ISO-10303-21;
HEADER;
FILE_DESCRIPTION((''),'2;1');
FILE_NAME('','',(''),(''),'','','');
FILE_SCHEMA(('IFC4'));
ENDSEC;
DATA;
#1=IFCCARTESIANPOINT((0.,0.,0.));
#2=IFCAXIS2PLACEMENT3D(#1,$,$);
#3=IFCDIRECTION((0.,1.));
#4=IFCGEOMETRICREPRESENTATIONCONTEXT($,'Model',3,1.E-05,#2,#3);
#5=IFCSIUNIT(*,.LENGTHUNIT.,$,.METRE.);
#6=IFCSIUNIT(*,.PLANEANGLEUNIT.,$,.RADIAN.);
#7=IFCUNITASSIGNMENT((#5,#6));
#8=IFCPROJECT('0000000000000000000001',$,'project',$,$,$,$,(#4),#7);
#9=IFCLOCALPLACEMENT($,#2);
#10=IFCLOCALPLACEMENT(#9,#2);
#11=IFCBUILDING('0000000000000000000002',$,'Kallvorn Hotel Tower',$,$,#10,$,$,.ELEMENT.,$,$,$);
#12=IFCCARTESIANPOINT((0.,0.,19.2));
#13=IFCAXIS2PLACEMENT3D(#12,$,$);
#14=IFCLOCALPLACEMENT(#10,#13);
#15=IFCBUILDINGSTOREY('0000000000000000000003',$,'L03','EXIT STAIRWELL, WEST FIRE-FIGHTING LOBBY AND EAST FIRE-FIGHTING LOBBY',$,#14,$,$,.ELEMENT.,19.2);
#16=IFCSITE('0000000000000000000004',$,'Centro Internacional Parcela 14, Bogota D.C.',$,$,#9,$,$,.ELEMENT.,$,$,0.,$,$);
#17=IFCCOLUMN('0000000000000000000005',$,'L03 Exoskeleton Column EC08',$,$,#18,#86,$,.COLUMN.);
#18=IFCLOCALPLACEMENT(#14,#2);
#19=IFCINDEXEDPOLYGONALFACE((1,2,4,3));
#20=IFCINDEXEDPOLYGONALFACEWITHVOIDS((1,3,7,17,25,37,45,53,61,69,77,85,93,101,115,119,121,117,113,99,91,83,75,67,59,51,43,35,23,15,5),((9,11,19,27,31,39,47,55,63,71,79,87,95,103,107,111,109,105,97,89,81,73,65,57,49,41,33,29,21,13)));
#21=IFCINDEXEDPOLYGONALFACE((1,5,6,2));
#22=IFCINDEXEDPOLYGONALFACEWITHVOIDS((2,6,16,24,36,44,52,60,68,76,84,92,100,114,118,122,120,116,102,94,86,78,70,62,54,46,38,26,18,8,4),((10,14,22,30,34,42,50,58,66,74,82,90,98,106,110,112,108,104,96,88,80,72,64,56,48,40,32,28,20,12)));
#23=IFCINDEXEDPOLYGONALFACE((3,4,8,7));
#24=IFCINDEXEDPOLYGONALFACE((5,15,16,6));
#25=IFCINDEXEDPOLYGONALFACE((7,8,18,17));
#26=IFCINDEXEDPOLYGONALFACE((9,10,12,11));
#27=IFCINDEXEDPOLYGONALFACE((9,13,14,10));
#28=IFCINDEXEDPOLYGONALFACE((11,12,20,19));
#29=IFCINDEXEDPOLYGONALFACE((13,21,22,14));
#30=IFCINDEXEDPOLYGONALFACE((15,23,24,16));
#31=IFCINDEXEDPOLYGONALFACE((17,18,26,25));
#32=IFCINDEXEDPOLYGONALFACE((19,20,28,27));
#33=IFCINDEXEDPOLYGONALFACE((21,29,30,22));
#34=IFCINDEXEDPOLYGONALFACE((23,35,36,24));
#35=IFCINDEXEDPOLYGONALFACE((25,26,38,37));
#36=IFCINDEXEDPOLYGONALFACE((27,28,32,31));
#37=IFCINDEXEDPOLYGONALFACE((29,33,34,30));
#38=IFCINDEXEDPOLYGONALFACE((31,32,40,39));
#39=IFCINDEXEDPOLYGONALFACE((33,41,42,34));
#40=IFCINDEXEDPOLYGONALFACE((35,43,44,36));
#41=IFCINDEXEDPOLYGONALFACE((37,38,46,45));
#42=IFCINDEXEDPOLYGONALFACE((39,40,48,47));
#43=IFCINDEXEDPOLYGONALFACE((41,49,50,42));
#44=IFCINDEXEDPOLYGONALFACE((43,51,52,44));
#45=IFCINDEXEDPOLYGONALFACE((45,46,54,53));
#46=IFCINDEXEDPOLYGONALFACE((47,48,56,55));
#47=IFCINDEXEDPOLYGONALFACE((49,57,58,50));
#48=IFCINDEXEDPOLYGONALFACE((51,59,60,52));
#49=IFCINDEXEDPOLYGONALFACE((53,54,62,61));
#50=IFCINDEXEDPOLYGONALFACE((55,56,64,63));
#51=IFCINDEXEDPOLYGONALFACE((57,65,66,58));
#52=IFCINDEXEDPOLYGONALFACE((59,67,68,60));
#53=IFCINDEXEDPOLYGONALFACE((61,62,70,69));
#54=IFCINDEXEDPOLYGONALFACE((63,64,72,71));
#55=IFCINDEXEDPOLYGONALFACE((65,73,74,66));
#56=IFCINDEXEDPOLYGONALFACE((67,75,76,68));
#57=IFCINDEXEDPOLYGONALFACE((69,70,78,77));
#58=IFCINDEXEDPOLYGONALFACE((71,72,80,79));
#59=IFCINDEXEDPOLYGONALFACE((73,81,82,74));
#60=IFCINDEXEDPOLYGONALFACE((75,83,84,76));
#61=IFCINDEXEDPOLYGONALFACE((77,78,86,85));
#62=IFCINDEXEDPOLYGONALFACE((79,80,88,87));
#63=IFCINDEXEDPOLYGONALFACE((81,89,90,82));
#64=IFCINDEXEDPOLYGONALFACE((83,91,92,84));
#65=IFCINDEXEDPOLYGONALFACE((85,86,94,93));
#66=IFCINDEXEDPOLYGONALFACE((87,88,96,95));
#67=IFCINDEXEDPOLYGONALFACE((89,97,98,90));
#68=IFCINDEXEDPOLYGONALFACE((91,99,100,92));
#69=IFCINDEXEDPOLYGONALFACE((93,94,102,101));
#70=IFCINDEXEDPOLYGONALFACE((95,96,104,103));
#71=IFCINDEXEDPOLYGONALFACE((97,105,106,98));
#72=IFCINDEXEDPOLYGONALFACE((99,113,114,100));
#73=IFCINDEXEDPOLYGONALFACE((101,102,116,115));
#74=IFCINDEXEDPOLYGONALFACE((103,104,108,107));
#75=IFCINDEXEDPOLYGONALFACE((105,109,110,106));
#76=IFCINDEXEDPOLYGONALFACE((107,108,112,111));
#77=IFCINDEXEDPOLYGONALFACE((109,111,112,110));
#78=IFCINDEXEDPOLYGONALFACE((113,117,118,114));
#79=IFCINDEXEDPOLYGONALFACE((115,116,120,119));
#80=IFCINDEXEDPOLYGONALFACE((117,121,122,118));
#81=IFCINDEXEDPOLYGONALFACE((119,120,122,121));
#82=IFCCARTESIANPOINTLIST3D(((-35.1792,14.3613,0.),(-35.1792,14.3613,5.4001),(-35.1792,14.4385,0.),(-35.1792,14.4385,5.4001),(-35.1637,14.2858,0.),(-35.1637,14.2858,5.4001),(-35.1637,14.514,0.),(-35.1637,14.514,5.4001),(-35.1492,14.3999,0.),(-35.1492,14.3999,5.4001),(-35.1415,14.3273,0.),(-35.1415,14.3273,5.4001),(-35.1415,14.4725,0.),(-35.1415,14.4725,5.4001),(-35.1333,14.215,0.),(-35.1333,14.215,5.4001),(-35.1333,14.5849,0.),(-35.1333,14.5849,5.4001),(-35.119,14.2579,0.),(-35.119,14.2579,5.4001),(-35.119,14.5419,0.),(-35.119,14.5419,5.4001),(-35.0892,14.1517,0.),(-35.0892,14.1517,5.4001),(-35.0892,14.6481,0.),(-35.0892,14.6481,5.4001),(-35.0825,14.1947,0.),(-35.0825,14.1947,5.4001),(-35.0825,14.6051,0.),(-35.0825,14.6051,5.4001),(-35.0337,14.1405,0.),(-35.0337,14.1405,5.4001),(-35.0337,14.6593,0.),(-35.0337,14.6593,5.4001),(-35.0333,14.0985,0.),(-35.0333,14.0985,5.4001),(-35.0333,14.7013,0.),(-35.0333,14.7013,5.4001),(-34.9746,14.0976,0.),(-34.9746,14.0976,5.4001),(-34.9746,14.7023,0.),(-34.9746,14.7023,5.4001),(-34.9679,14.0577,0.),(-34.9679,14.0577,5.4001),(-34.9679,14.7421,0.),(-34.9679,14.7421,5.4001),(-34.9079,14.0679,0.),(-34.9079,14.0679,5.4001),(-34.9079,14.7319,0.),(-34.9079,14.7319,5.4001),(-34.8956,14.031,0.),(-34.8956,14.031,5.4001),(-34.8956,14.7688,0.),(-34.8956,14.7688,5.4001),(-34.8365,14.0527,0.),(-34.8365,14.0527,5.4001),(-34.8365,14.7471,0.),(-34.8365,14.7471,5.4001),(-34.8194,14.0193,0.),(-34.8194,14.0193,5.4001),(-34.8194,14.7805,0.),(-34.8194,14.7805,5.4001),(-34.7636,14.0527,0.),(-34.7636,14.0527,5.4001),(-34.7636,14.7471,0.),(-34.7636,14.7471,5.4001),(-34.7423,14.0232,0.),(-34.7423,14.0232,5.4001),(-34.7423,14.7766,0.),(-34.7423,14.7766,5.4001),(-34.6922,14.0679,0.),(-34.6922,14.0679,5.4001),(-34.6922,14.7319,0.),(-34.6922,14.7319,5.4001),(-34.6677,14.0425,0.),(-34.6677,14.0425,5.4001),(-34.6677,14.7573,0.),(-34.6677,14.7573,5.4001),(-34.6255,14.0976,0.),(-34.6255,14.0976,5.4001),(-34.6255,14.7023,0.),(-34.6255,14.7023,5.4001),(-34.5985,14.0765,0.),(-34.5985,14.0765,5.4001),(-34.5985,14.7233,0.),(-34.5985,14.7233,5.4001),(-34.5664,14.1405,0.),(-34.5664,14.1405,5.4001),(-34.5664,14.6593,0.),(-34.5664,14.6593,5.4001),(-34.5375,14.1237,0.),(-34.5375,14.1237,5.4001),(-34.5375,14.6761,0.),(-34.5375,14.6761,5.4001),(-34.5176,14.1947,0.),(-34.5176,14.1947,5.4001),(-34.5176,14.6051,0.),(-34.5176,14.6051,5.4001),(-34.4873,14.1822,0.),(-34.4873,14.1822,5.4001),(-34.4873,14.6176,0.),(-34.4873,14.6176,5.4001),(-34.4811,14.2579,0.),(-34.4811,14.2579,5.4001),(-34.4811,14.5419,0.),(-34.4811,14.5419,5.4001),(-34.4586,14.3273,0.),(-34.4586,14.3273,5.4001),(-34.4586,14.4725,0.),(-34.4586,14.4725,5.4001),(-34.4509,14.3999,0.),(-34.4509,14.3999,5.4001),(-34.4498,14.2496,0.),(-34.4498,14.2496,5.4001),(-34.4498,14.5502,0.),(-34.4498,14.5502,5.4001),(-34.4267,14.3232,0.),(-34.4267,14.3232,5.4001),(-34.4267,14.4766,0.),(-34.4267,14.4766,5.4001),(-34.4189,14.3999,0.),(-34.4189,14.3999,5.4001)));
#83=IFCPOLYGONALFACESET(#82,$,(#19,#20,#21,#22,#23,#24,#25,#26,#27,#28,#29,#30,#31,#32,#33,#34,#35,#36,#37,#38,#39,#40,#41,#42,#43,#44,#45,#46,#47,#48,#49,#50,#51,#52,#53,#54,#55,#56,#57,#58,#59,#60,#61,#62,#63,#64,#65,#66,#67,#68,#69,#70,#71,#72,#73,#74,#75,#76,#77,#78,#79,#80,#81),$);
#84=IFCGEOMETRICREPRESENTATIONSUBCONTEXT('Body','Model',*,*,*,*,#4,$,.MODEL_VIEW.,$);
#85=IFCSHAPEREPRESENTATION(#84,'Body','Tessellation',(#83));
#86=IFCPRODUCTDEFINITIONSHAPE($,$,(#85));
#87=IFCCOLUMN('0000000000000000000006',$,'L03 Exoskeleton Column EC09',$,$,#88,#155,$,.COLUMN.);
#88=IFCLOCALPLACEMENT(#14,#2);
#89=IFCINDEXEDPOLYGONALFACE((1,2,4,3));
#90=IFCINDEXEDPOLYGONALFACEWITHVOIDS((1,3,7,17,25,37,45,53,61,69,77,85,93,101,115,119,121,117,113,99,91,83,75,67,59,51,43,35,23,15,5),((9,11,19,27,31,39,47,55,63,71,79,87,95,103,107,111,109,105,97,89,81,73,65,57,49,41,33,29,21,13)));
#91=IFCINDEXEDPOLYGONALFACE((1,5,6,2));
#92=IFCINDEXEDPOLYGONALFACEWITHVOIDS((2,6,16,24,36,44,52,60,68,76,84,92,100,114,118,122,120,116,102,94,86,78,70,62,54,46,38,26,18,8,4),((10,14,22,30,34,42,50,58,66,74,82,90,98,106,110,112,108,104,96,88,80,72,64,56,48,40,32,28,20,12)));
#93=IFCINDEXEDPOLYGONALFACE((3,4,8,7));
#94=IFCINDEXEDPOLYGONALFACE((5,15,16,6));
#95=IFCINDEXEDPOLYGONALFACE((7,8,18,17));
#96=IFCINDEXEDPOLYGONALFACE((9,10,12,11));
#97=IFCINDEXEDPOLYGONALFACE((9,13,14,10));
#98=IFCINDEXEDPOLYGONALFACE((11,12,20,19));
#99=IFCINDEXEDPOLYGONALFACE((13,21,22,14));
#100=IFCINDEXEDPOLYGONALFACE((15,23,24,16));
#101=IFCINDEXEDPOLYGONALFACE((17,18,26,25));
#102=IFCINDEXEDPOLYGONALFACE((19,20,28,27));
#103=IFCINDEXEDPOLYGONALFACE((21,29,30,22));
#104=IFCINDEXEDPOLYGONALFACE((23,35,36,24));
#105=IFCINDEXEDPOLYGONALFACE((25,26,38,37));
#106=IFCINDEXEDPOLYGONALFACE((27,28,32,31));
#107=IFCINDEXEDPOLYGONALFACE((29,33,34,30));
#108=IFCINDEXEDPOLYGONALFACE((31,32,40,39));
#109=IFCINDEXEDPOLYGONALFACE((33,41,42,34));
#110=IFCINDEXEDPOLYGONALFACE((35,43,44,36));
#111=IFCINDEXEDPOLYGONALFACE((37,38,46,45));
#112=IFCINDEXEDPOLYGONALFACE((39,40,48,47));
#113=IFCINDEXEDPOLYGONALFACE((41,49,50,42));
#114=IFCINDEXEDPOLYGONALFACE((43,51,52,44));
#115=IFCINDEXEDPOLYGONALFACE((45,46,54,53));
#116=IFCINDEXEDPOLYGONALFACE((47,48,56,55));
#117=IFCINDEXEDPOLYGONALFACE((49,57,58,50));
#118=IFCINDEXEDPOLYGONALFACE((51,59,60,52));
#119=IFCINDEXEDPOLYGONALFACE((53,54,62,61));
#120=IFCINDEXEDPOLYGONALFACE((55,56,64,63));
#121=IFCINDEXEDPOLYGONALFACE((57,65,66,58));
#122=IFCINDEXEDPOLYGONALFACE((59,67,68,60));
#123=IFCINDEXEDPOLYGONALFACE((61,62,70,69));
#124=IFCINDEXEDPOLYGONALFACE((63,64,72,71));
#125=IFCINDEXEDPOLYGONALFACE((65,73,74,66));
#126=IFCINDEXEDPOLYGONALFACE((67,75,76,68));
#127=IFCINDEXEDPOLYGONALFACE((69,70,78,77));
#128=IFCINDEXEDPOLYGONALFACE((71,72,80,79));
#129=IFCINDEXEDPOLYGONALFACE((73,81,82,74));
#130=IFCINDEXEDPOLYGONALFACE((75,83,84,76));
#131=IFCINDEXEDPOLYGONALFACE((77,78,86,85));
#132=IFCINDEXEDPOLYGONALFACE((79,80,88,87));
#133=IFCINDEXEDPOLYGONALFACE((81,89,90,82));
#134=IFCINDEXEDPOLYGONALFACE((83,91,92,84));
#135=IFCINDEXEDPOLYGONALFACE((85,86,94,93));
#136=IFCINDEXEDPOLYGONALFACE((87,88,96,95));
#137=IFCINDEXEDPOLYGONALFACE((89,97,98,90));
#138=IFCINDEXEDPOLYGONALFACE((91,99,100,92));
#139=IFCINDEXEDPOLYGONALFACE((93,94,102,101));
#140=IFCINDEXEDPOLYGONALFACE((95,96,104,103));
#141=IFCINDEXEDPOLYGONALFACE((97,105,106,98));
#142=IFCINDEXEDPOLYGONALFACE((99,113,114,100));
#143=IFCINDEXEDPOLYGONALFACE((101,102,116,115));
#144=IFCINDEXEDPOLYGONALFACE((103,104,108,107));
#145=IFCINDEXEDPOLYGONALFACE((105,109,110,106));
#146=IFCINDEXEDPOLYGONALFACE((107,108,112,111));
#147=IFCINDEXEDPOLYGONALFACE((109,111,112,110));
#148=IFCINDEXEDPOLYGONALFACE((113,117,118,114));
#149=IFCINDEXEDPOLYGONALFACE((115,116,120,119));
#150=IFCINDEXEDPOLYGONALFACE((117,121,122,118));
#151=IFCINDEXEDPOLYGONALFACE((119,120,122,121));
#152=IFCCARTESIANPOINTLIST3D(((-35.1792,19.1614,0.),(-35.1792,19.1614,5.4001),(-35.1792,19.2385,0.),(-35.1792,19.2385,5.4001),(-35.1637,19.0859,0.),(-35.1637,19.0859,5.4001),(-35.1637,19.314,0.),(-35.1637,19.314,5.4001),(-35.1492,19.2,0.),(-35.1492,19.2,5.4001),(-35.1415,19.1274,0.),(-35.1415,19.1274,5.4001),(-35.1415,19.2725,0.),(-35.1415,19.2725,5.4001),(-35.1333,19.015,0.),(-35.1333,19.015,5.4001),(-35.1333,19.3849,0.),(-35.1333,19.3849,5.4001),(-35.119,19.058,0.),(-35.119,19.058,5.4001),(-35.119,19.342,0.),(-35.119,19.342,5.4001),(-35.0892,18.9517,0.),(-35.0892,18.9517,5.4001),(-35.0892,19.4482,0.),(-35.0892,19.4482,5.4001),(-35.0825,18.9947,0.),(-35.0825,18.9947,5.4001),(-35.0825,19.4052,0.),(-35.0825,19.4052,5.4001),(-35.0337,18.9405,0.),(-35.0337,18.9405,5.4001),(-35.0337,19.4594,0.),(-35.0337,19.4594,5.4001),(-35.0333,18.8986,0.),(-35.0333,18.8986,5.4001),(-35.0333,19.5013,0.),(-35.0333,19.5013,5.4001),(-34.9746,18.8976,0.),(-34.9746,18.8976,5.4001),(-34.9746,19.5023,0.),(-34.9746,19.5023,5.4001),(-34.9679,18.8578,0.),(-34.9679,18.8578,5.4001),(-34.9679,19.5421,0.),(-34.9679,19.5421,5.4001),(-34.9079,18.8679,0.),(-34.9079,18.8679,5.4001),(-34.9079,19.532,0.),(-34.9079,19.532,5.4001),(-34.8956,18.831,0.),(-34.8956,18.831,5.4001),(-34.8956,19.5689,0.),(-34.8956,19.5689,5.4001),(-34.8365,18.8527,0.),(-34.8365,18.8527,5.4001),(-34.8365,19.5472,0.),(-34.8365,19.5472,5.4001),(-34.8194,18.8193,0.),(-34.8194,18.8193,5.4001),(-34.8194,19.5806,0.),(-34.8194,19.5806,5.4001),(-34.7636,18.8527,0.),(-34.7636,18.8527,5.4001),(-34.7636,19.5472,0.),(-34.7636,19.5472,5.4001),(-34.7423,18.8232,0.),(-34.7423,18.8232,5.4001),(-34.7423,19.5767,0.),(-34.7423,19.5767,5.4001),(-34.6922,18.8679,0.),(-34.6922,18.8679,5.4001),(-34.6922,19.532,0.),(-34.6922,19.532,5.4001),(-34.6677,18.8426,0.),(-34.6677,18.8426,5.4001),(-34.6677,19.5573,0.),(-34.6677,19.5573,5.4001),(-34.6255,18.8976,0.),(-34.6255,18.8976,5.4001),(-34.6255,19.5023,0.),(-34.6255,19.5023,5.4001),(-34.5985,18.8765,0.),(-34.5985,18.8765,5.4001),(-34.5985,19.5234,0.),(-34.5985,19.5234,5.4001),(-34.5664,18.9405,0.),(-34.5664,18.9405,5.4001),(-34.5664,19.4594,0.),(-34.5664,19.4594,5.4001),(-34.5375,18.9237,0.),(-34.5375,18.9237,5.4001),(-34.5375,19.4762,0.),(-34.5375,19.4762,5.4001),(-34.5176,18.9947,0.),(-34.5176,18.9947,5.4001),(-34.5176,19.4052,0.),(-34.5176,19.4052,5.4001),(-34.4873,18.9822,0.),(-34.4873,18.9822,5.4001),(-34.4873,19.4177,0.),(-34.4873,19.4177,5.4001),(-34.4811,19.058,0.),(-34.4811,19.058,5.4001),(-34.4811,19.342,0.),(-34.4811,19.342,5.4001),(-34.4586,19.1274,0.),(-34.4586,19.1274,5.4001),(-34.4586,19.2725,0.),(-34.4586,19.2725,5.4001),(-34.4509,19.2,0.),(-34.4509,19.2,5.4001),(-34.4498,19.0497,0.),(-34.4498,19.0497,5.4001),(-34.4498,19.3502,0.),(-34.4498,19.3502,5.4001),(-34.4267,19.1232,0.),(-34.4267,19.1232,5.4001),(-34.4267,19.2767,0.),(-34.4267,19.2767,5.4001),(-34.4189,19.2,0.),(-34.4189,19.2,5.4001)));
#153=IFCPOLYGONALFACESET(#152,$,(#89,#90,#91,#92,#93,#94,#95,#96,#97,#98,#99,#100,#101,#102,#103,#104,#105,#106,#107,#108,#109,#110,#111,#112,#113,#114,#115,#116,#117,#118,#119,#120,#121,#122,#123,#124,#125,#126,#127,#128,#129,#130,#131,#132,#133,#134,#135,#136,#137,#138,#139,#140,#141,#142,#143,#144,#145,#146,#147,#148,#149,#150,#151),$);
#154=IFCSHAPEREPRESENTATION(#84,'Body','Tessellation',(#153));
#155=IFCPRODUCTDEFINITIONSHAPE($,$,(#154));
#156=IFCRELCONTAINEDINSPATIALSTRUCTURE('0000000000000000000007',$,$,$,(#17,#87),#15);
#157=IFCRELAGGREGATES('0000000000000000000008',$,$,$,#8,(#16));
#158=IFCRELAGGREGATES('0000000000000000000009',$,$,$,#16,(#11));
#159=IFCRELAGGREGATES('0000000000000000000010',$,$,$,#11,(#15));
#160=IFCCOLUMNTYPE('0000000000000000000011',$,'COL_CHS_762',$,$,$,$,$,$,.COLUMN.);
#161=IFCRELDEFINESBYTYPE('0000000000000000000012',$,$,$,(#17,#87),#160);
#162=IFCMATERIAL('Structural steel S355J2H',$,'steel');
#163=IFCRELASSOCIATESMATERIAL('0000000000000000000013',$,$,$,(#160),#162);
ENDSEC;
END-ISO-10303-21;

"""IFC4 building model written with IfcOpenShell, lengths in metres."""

from ifc_helpers import new_model, si_unit, direction, frame, origin, origin_2d, place, context, subcontext, project, spatial, hollow_circle, extrude, material, material_profile, profile_set, type_object, element, save


model = new_model("IFC4")

# Units and contexts
model_context = context("Model", 3, precision=1e-05, world=origin(), true_north=direction((0.0, 1.0)))
body_context = subcontext(model_context, "Body", "Model", "MODEL_VIEW")
ifc_project = project(units=[si_unit("LENGTHUNIT", "METRE"), si_unit("PLANEANGLEUNIT", "RADIAN")], contexts=[model_context])

# Site, building, storey
site_placement = place(None, origin())
site = spatial("IfcSite", under=ifc_project, at=site_placement, Name="Centro Internacional Parcela 14, Bogota D.C.", CompositionType="ELEMENT", RefElevation=0.0)
building_placement = place(site_placement, origin())
building = spatial("IfcBuilding", under=site, at=building_placement, Name="Kallvorn Hotel Tower", CompositionType="ELEMENT")
storey_placement = place(building_placement, frame((0.0, 0.0, 19.2)))
storey = spatial("IfcBuildingStorey", under=building, at=storey_placement, Name="L03", Description="EXIT STAIRWELL, WEST FIRE-FIGHTING LOBBY AND EAST FIRE-FIGHTING LOBBY", CompositionType="ELEMENT", Elevation=19.2)

# Columns
ifc_material_1 = material(Name="Structural steel S355J2H", Category="steel")
ifc_material_profile_1 = material_profile(ifc_material_1, hollow_circle(Radius=0.3811, WallThickness=0.032, at=origin_2d()), Name="CHS 762x32")
ifc_profile_set_1 = profile_set([ifc_material_profile_1], Name="Structural steel S355J2H")
column_type_1 = type_object("IfcColumnType", Name="COL_CHS_762", PredefinedType="COLUMN", material=ifc_profile_set_1)
for number, where, z_axis, x_axis, name in (
    (1, (-34.8, 14.3999, 0.0), (0.0, 0.0, 1.0), (1.0, 0.0, 0.0), "L03 Exoskeleton Column EC08"),
    (2, (-34.8, 19.2, 0.0), (0.0, 0.0, 1.0), (1.0, 0.0, 0.0), "L03 Exoskeleton Column EC09"),
):
    element("IfcColumn", number, at=place(storey_placement, frame(where, z_axis=z_axis, x_axis=x_axis)), inside=storey, type_object=column_type_1, Name=name, PredefinedType="COLUMN", context=body_context, shape_type="SweptSolid", body=[
        extrude(hollow_circle(Radius=0.3811, WallThickness=0.032, at=origin_2d()), origin(), (0.0, 0.0, 1.0), 5.4001),
    ])

save(model, "model.ifc")
